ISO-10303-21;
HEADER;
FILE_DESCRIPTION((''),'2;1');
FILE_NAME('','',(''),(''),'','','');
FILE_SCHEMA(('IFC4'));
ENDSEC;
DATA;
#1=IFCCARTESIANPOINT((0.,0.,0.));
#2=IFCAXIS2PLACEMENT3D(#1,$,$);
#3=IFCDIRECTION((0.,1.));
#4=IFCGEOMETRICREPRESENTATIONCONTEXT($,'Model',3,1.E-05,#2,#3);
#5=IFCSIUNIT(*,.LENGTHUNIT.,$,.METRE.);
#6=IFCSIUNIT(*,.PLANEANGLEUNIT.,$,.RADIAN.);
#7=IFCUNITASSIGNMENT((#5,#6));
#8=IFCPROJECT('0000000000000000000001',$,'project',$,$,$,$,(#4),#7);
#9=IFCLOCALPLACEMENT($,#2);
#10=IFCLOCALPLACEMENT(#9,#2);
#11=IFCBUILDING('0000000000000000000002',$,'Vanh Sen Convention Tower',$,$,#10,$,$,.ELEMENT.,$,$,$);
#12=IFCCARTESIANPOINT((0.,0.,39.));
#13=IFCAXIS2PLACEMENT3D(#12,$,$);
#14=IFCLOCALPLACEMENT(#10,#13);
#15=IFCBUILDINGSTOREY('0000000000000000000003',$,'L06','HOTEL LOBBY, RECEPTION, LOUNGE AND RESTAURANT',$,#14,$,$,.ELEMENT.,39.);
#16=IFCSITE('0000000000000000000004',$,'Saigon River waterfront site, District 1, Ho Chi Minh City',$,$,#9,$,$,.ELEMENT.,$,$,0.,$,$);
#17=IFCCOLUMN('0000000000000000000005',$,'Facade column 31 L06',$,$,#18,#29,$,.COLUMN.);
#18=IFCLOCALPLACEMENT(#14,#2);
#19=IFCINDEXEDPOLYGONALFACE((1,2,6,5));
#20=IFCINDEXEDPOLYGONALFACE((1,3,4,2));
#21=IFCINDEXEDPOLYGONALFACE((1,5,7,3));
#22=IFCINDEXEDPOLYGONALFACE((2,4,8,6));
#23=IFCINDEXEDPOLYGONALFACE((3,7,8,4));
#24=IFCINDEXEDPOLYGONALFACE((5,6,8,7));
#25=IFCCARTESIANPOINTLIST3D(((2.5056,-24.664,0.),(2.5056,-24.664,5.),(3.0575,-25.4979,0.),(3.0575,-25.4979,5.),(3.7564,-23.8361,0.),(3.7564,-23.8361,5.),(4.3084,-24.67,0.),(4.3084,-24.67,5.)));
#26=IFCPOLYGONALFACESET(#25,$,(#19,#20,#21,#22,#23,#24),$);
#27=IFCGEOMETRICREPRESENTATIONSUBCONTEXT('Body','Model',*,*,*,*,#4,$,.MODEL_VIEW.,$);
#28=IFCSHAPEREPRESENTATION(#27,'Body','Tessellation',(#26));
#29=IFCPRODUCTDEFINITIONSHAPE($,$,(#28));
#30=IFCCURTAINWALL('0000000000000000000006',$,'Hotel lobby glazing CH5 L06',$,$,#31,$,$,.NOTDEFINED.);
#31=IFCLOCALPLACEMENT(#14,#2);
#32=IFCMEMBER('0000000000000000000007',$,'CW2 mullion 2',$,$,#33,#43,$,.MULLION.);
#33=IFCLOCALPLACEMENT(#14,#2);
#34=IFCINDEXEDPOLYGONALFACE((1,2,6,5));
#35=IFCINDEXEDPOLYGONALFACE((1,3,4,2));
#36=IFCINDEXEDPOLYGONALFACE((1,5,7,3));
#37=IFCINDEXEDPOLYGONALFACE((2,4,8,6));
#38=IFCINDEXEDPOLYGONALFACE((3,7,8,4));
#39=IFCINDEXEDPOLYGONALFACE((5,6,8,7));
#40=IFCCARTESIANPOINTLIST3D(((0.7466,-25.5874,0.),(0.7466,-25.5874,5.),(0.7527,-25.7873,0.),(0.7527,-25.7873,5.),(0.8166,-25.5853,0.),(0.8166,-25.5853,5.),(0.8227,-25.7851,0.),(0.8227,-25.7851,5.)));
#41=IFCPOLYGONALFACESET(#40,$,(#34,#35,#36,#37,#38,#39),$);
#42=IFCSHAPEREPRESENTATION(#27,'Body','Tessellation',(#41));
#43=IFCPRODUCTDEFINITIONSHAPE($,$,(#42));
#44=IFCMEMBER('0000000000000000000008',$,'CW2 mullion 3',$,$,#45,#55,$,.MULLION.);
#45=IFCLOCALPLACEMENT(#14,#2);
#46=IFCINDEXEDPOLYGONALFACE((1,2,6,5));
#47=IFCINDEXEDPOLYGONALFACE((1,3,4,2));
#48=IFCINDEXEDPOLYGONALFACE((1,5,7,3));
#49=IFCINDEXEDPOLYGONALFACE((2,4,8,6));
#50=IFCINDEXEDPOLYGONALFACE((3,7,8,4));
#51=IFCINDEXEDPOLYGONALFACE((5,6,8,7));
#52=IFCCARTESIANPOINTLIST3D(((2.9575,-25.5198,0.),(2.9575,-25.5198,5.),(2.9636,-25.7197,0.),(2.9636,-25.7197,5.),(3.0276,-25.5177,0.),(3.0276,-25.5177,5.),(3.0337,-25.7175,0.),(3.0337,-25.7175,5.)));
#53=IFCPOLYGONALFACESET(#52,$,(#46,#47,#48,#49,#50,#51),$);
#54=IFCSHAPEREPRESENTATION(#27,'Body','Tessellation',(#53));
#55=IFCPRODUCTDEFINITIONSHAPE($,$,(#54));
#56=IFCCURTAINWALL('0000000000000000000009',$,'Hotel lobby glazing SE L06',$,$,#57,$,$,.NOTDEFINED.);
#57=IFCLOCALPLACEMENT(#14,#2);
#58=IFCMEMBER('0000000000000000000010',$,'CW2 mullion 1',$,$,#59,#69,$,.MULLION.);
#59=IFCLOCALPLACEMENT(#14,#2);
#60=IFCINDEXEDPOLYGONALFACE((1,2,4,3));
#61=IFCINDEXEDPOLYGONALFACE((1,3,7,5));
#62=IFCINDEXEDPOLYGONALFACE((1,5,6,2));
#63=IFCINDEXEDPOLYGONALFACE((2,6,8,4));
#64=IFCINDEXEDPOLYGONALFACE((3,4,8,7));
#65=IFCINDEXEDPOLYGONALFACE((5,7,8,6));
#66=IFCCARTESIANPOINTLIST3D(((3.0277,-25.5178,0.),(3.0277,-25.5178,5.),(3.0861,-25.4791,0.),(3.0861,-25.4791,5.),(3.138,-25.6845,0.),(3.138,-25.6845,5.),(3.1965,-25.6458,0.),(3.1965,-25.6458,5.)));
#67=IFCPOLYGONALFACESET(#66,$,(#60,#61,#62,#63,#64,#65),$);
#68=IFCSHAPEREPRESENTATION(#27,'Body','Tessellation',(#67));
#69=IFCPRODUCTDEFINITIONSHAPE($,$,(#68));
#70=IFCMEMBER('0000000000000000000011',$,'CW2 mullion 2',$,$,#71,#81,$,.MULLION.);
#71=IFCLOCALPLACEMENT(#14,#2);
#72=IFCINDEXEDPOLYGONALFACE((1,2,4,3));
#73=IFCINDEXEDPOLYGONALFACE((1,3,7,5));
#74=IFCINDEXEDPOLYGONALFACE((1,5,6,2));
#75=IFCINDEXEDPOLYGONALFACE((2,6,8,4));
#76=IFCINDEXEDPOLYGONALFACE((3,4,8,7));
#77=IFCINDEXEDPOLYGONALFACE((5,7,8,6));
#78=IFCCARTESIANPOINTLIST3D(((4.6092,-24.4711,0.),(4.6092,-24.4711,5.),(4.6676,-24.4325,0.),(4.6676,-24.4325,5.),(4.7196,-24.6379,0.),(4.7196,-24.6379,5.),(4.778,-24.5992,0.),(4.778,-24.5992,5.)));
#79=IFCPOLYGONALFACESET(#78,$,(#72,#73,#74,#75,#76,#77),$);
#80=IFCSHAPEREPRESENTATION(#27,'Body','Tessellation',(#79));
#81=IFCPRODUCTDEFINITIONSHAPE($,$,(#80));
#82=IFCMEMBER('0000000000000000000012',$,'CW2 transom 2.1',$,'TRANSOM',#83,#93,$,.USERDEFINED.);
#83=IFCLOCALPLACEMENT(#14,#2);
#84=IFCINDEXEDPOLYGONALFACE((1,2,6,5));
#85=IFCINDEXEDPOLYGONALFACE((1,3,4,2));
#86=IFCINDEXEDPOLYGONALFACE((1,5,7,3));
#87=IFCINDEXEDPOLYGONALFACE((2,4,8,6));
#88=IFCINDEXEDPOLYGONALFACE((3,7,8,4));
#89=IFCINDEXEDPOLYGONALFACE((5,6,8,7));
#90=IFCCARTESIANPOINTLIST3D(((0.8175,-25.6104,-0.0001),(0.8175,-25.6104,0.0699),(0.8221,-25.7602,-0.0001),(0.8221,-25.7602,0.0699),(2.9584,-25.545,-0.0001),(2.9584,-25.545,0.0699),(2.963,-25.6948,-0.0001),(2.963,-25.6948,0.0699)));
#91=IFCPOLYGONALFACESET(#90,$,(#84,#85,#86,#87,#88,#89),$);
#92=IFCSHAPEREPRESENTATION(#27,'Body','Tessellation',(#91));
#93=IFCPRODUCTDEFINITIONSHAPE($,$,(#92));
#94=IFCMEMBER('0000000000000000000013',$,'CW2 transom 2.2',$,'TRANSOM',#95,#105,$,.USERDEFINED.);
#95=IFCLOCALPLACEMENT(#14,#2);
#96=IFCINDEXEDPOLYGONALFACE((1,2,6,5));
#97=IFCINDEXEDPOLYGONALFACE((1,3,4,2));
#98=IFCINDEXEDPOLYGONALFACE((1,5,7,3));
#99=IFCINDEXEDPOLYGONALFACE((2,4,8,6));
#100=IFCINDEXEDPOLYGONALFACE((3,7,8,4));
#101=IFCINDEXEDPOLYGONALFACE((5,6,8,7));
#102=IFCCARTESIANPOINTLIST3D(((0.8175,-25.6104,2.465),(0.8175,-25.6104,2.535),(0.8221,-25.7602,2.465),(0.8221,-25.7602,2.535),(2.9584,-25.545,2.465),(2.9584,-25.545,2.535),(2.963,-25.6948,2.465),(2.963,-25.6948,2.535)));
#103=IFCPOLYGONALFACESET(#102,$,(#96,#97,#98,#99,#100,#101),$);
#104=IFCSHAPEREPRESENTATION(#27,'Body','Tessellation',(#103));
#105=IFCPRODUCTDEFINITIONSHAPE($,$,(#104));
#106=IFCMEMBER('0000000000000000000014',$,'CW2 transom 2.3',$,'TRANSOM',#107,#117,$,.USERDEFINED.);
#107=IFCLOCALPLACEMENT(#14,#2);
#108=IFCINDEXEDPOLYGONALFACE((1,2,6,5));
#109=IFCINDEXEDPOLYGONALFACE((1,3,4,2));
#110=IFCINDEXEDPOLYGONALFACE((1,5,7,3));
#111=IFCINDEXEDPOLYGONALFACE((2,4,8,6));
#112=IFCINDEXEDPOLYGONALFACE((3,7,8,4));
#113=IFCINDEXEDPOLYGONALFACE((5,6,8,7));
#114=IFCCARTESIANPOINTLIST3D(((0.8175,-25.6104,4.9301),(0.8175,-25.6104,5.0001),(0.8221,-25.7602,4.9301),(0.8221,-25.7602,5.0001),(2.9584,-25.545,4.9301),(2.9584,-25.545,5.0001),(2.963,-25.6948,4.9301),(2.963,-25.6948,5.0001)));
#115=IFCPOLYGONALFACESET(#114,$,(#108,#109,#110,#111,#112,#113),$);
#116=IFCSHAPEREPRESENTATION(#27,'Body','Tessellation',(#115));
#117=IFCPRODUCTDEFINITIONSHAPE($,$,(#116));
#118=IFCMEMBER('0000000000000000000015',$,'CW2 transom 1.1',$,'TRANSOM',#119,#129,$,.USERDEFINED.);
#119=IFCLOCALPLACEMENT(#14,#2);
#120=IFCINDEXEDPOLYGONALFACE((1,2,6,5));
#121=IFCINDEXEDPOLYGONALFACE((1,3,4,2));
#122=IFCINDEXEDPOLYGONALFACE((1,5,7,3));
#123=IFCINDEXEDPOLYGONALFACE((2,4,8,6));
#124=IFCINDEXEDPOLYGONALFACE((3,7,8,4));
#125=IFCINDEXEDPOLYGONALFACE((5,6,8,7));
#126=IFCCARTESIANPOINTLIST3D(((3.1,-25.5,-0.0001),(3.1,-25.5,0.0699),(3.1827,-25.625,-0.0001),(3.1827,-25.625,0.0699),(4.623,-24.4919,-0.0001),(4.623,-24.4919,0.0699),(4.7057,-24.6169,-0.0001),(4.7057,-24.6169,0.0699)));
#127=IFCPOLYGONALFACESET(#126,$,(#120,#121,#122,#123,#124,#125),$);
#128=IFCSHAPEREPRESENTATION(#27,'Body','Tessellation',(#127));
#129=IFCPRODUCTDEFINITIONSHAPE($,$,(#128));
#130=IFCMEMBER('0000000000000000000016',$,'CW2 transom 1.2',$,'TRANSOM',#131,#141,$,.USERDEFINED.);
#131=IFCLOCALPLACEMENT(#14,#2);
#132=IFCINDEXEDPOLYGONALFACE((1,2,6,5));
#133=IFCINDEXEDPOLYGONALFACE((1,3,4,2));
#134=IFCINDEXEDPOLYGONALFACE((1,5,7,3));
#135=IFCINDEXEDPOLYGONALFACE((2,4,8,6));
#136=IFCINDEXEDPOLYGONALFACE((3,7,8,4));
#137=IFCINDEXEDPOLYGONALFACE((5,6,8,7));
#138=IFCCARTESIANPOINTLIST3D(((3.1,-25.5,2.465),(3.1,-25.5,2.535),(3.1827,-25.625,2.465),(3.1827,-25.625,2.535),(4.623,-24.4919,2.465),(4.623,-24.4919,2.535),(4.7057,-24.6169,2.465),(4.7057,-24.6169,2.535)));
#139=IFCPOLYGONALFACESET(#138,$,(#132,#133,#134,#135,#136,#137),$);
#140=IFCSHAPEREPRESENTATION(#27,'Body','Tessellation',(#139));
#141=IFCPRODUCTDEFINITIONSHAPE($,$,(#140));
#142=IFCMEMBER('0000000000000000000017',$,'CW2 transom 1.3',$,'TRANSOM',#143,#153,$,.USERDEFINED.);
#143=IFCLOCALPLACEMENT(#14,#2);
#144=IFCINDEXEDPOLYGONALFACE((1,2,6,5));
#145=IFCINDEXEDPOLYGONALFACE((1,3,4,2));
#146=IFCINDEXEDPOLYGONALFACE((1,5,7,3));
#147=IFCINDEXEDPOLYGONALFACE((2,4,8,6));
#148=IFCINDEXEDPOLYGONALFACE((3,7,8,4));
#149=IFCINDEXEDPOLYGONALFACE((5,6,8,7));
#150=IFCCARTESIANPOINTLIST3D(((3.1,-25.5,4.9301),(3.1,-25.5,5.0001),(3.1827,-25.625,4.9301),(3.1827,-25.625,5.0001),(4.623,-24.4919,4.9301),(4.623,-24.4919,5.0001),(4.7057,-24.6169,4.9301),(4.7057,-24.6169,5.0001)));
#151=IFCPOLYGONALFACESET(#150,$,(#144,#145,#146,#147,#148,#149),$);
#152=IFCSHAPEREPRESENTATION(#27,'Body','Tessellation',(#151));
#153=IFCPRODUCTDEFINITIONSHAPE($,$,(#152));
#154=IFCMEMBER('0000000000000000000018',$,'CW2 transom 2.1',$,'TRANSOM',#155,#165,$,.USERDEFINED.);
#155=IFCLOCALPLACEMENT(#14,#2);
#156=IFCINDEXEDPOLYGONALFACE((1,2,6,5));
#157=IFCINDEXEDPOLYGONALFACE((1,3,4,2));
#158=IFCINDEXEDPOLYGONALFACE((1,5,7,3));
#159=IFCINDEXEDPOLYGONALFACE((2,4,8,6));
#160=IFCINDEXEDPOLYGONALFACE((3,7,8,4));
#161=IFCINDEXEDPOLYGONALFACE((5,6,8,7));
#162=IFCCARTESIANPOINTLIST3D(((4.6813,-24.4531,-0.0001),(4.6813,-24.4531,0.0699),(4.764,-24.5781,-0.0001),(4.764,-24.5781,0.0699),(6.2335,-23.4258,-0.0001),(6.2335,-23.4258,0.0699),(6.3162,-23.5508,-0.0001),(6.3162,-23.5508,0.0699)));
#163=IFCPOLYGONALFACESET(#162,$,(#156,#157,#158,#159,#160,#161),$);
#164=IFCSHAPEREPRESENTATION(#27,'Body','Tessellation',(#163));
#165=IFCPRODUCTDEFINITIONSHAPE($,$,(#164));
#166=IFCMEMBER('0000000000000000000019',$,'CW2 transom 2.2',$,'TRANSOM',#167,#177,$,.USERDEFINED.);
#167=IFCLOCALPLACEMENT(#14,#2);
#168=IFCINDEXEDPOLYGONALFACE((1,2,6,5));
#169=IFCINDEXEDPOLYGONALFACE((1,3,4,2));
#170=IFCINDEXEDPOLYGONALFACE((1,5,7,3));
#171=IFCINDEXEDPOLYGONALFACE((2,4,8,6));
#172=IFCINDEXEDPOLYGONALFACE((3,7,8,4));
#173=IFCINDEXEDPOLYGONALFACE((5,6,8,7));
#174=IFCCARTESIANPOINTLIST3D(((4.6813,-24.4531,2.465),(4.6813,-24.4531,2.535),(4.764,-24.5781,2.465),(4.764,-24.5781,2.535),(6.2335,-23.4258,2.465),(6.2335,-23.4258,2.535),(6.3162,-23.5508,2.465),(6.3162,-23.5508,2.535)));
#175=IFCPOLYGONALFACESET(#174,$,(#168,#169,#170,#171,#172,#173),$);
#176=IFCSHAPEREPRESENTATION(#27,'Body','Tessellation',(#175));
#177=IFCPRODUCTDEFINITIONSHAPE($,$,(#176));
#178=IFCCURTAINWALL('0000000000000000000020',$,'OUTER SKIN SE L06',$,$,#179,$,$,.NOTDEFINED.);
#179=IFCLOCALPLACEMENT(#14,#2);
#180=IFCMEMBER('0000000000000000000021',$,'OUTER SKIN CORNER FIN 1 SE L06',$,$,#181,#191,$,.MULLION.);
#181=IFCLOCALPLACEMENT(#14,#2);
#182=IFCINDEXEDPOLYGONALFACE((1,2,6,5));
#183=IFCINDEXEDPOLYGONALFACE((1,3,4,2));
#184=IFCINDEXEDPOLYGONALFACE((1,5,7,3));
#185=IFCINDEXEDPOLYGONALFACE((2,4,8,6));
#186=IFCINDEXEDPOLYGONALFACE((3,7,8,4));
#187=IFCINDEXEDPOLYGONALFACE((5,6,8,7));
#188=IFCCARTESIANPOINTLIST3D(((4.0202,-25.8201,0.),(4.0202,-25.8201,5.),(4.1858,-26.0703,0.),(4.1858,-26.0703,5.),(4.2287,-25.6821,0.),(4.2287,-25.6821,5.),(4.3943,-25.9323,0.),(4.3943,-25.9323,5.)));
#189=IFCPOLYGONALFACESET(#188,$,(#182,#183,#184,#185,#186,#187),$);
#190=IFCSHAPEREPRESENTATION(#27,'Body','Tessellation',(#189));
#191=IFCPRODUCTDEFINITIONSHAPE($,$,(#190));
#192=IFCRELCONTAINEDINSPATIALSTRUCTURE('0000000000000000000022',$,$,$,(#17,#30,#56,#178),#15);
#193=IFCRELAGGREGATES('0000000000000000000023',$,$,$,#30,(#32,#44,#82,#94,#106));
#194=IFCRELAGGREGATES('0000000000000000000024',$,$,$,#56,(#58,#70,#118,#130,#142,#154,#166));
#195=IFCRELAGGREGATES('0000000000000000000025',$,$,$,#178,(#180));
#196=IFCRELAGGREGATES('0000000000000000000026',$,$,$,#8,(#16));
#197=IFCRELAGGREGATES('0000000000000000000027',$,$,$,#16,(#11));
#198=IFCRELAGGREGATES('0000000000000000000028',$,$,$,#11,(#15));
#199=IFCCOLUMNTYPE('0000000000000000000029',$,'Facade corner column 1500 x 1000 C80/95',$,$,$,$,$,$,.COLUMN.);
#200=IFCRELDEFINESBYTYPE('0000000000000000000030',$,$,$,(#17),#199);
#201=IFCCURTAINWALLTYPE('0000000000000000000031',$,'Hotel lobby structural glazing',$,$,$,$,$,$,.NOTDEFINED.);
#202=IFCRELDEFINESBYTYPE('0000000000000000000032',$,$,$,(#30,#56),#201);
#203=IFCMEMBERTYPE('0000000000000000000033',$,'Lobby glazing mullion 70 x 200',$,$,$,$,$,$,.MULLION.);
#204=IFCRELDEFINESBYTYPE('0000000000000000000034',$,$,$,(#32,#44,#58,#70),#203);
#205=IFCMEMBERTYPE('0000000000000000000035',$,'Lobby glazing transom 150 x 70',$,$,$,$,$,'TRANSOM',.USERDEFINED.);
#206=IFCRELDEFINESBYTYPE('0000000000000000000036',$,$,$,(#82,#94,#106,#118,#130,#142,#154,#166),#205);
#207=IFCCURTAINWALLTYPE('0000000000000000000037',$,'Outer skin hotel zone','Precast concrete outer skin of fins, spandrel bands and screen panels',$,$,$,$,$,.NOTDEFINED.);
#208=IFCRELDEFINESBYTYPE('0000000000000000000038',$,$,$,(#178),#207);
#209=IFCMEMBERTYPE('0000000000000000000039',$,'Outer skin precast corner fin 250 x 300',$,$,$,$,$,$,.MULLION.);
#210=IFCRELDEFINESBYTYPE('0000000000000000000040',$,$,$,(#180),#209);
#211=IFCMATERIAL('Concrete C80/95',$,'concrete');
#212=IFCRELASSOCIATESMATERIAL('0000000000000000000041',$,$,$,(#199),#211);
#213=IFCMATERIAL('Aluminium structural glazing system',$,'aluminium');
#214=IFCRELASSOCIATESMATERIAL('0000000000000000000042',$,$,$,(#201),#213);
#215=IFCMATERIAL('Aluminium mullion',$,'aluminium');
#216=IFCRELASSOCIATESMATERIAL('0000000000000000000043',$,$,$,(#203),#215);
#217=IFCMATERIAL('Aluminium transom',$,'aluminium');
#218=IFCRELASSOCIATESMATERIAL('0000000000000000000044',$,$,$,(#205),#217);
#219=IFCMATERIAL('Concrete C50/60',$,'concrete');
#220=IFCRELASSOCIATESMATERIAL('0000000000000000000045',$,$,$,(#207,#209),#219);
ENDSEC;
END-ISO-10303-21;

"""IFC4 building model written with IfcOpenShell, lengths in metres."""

from ifc_helpers import new_model, si_unit, direction, frame, origin, origin_2d, place, context, subcontext, project, spatial, rectangle, extrude, material, material_profile, profile_set, type_object, element, aggregate, save


model = new_model("IFC4")

# Units and contexts
model_context = context("Model", 3, precision=1e-05, world=origin(), true_north=direction((0.0, 1.0)))
body_context = subcontext(model_context, "Body", "Model", "MODEL_VIEW")
ifc_project = project(units=[si_unit("LENGTHUNIT", "METRE"), si_unit("PLANEANGLEUNIT", "RADIAN")], contexts=[model_context])

# Site, building, storey
site_placement = place(None, origin())
site = spatial("IfcSite", under=ifc_project, at=site_placement, Name="Saigon River waterfront site, District 1, Ho Chi Minh City", CompositionType="ELEMENT", RefElevation=0.0)
building_placement = place(site_placement, origin())
building = spatial("IfcBuilding", under=site, at=building_placement, Name="Vanh Sen Convention Tower", CompositionType="ELEMENT")
storey_placement = place(building_placement, frame((0.0, 0.0, 39.0)))
storey = spatial("IfcBuildingStorey", under=building, at=storey_placement, Name="L06", Description="HOTEL LOBBY, RECEPTION, LOUNGE AND RESTAURANT", CompositionType="ELEMENT", Elevation=39.0)

# Column
ifc_material_1 = material(Name="Concrete C80/95", Category="concrete")
ifc_material_profile_1 = material_profile(ifc_material_1, rectangle(XDim=1.5, YDim=1.0, at=origin_2d()), Name="RC 1500X1000")
ifc_profile_set_1 = profile_set([ifc_material_profile_1], Name="Concrete C80/95")
column_type = type_object("IfcColumnType", Name="Facade corner column 1500 x 1000 C80/95", PredefinedType="COLUMN", material=ifc_profile_set_1)
column_placement = place(storey_placement, frame((3.407, -24.667, 0.0), z_axis=(0.0, 0.0, 1.0), x_axis=(0.833886, 0.551937, 0.0)))
element("IfcColumn", 1, at=column_placement, inside=storey, type_object=column_type, Name="Facade column 31 L06", PredefinedType="COLUMN", context=body_context, shape_type="SweptSolid", body=[
    extrude(rectangle(XDim=1.5, YDim=1.0, at=origin_2d()), origin(), (0.0, 0.0, 1.0), 5.0),
])

# Curtain walls, members
ifc_material_2 = material(Name="Aluminium structural glazing system", Category="aluminium")
curtain_wall_type_1 = type_object("IfcCurtainWallType", Name="Hotel lobby structural glazing", PredefinedType="NOTDEFINED", material=ifc_material_2)
curtain_wall_1_placement = place(storey_placement, origin())
curtain_wall_1 = element("IfcCurtainWall", 2, at=curtain_wall_1_placement, inside=storey, type_object=curtain_wall_type_1, Name="Hotel lobby glazing CH5 L06", PredefinedType="NOTDEFINED")
ifc_material_3 = material(Name="Aluminium mullion", Category="aluminium")
ifc_material_profile_2 = material_profile(ifc_material_3, rectangle(XDim=0.2, YDim=0.0701, at=origin_2d()), Name="Lobby glazing mullion 70 x 200")
ifc_profile_set_2 = profile_set([ifc_material_profile_2], Name="Aluminium mullion")
member_type_1 = type_object("IfcMemberType", Name="Lobby glazing mullion 70 x 200", PredefinedType="MULLION", material=ifc_profile_set_2)
member_1_placement = place(storey_placement, frame((0.7847, -25.6863, 0.0), z_axis=(0.0, 0.0, 1.0), x_axis=(-0.03053, 0.999534, 0.0)))
member_1 = element("IfcMember", 3, at=member_1_placement, type_object=member_type_1, Name="CW2 mullion 2", PredefinedType="MULLION", context=body_context, shape_type="SweptSolid", body=[
    extrude(rectangle(XDim=0.2, YDim=0.0701, at=origin_2d()), origin(), (0.0, 0.0, 1.0), 5.0),
])
member_2_placement = place(storey_placement, frame((2.9956, -25.6187, 0.0), z_axis=(0.0, 0.0, 1.0), x_axis=(-0.03053, 0.999534, 0.0)))
member_2 = element("IfcMember", 4, at=member_2_placement, type_object=member_type_1, Name="CW2 mullion 3", PredefinedType="MULLION", context=body_context, shape_type="SweptSolid", body=[
    extrude(rectangle(XDim=0.2, YDim=0.0701, at=origin_2d()), origin(), (0.0, 0.0, 1.0), 5.0),
])
curtain_wall_2_placement = place(storey_placement, origin())
curtain_wall_2 = element("IfcCurtainWall", 5, at=curtain_wall_2_placement, inside=storey, type_object=curtain_wall_type_1, Name="Hotel lobby glazing SE L06", PredefinedType="NOTDEFINED")
member_3_placement = place(storey_placement, frame((3.1121, -25.5818, 0.0), z_axis=(0.0, 0.0, 1.0), x_axis=(-0.551937, 0.833886, 0.0)))
member_3 = element("IfcMember", 6, at=member_3_placement, type_object=member_type_1, Name="CW2 mullion 1", PredefinedType="MULLION", context=body_context, shape_type="SweptSolid", body=[
    extrude(rectangle(XDim=0.2, YDim=0.0701, at=origin_2d()), origin(), (0.0, 0.0, 1.0), 5.0),
])
member_4_placement = place(storey_placement, frame((4.6936, -24.5352, 0.0), z_axis=(0.0, 0.0, 1.0), x_axis=(-0.551937, 0.833886, 0.0)))
member_4 = element("IfcMember", 7, at=member_4_placement, type_object=member_type_1, Name="CW2 mullion 2", PredefinedType="MULLION", context=body_context, shape_type="SweptSolid", body=[
    extrude(rectangle(XDim=0.2, YDim=0.0701, at=origin_2d()), origin(), (0.0, 0.0, 1.0), 5.0),
])

# Members
ifc_material_4 = material(Name="Aluminium transom", Category="aluminium")
ifc_material_profile_3 = material_profile(ifc_material_4, rectangle(XDim=0.1499, YDim=0.0701, at=origin_2d()), Name="Lobby glazing transom 150 x 70")
ifc_profile_set_3 = profile_set([ifc_material_profile_3], Name="Aluminium transom")
member_type_2 = type_object("IfcMemberType", Name="Lobby glazing transom 150 x 70", ElementType="TRANSOM", PredefinedType="USERDEFINED", material=ifc_profile_set_3)
member_5_placement = place(storey_placement, frame((0.8198, -25.6853, 0.0349), z_axis=(0.999533, 0.030548, 0.0), x_axis=(-0.030548, 0.999533, 0.0)))
member_5 = element("IfcMember", 8, at=member_5_placement, type_object=member_type_2, Name="CW2 transom 2.1", ObjectType="TRANSOM", PredefinedType="USERDEFINED", context=body_context, shape_type="SweptSolid", body=[
    extrude(rectangle(XDim=0.1499, YDim=0.0701, at=origin_2d()), origin(), (0.0, 0.0, 1.0), 2.1418),
])
member_6_placement = place(storey_placement, frame((0.8198, -25.6853, 2.5), z_axis=(0.999533, 0.030548, 0.0), x_axis=(-0.030548, 0.999533, 0.0)))
member_6 = element("IfcMember", 9, at=member_6_placement, type_object=member_type_2, Name="CW2 transom 2.2", ObjectType="TRANSOM", PredefinedType="USERDEFINED", context=body_context, shape_type="SweptSolid", body=[
    extrude(rectangle(XDim=0.1499, YDim=0.0701, at=origin_2d()), origin(), (0.0, 0.0, 1.0), 2.1418),
])
member_7_placement = place(storey_placement, frame((0.8198, -25.6853, 4.9651), z_axis=(0.999533, 0.030548, 0.0), x_axis=(-0.030548, 0.999533, 0.0)))
member_7 = element("IfcMember", 10, at=member_7_placement, type_object=member_type_2, Name="CW2 transom 2.3", ObjectType="TRANSOM", PredefinedType="USERDEFINED", context=body_context, shape_type="SweptSolid", body=[
    extrude(rectangle(XDim=0.1499, YDim=0.0701, at=origin_2d()), origin(), (0.0, 0.0, 1.0), 2.1418),
])
member_8_placement = place(storey_placement, frame((3.1414, -25.5625, 0.0349), z_axis=(0.833876, 0.551952, 0.0), x_axis=(-0.551952, 0.833876, 0.0)))
member_8 = element("IfcMember", 11, at=member_8_placement, type_object=member_type_2, Name="CW2 transom 1.1", ObjectType="TRANSOM", PredefinedType="USERDEFINED", context=body_context, shape_type="SweptSolid", body=[
    extrude(rectangle(XDim=0.1499, YDim=0.0701, at=origin_2d()), origin(), (0.0, 0.0, 1.0), 1.8264),
])
member_9_placement = place(storey_placement, frame((3.1414, -25.5625, 2.5), z_axis=(0.833876, 0.551952, 0.0), x_axis=(-0.551952, 0.833876, 0.0)))
member_9 = element("IfcMember", 12, at=member_9_placement, type_object=member_type_2, Name="CW2 transom 1.2", ObjectType="TRANSOM", PredefinedType="USERDEFINED", context=body_context, shape_type="SweptSolid", body=[
    extrude(rectangle(XDim=0.1499, YDim=0.0701, at=origin_2d()), origin(), (0.0, 0.0, 1.0), 1.8264),
])
member_10_placement = place(storey_placement, frame((3.1414, -25.5625, 4.9651), z_axis=(0.833876, 0.551952, 0.0), x_axis=(-0.551952, 0.833876, 0.0)))
member_10 = element("IfcMember", 13, at=member_10_placement, type_object=member_type_2, Name="CW2 transom 1.3", ObjectType="TRANSOM", PredefinedType="USERDEFINED", context=body_context, shape_type="SweptSolid", body=[
    extrude(rectangle(XDim=0.1499, YDim=0.0701, at=origin_2d()), origin(), (0.0, 0.0, 1.0), 1.8264),
])
member_11_placement = place(storey_placement, frame((4.7227, -24.5156, 0.0349), z_axis=(0.833902, 0.551913, 0.0), x_axis=(-0.551913, 0.833902, 0.0)))
member_11 = element("IfcMember", 14, at=member_11_placement, type_object=member_type_2, Name="CW2 transom 2.1", ObjectType="TRANSOM", PredefinedType="USERDEFINED", context=body_context, shape_type="SweptSolid", body=[
    extrude(rectangle(XDim=0.1499, YDim=0.0701, at=origin_2d()), origin(), (0.0, 0.0, 1.0), 1.8613),
])
member_12_placement = place(storey_placement, frame((4.7227, -24.5156, 2.5), z_axis=(0.833902, 0.551913, 0.0), x_axis=(-0.551913, 0.833902, 0.0)))
member_12 = element("IfcMember", 15, at=member_12_placement, type_object=member_type_2, Name="CW2 transom 2.2", ObjectType="TRANSOM", PredefinedType="USERDEFINED", context=body_context, shape_type="SweptSolid", body=[
    extrude(rectangle(XDim=0.1499, YDim=0.0701, at=origin_2d()), origin(), (0.0, 0.0, 1.0), 1.8613),
])

# Curtain wall, member
ifc_material_5 = material(Name="Concrete C50/60", Category="concrete")
curtain_wall_type_2 = type_object("IfcCurtainWallType", Name="Outer skin hotel zone", Description="Precast concrete outer skin of fins, spandrel bands and screen panels", PredefinedType="NOTDEFINED", material=ifc_material_5)
curtain_wall_3_placement = place(storey_placement, origin())
curtain_wall_3 = element("IfcCurtainWall", 16, at=curtain_wall_3_placement, inside=storey, type_object=curtain_wall_type_2, Name="OUTER SKIN SE L06", PredefinedType="NOTDEFINED")
ifc_material_profile_4 = material_profile(ifc_material_5, rectangle(XDim=0.25, YDim=0.3, at=origin_2d()), Name="Outer skin precast corner fin 250 x 300")
ifc_profile_set_4 = profile_set([ifc_material_profile_4], Name="Concrete C50/60")
member_type_3 = type_object("IfcMemberType", Name="Outer skin precast corner fin 250 x 300", PredefinedType="MULLION", material=ifc_profile_set_4)
member_13_placement = place(storey_placement, frame((4.2073, -25.8762, 0.0), z_axis=(0.0, 0.0, 1.0), x_axis=(0.833886, 0.551937, 0.0)))
member_13 = element("IfcMember", 17, at=member_13_placement, type_object=member_type_3, Name="OUTER SKIN CORNER FIN 1 SE L06", PredefinedType="MULLION", context=body_context, shape_type="SweptSolid", body=[
    extrude(rectangle(XDim=0.25, YDim=0.3, at=origin_2d()), origin(), (0.0, 0.0, 1.0), 5.0),
])

aggregate(curtain_wall_1, [member_1, member_2, member_5, member_6, member_7])
aggregate(curtain_wall_2, [member_3, member_4, member_8, member_9, member_10, member_11, member_12])

aggregate(curtain_wall_3, [member_13])

save(model, "model.ifc")
